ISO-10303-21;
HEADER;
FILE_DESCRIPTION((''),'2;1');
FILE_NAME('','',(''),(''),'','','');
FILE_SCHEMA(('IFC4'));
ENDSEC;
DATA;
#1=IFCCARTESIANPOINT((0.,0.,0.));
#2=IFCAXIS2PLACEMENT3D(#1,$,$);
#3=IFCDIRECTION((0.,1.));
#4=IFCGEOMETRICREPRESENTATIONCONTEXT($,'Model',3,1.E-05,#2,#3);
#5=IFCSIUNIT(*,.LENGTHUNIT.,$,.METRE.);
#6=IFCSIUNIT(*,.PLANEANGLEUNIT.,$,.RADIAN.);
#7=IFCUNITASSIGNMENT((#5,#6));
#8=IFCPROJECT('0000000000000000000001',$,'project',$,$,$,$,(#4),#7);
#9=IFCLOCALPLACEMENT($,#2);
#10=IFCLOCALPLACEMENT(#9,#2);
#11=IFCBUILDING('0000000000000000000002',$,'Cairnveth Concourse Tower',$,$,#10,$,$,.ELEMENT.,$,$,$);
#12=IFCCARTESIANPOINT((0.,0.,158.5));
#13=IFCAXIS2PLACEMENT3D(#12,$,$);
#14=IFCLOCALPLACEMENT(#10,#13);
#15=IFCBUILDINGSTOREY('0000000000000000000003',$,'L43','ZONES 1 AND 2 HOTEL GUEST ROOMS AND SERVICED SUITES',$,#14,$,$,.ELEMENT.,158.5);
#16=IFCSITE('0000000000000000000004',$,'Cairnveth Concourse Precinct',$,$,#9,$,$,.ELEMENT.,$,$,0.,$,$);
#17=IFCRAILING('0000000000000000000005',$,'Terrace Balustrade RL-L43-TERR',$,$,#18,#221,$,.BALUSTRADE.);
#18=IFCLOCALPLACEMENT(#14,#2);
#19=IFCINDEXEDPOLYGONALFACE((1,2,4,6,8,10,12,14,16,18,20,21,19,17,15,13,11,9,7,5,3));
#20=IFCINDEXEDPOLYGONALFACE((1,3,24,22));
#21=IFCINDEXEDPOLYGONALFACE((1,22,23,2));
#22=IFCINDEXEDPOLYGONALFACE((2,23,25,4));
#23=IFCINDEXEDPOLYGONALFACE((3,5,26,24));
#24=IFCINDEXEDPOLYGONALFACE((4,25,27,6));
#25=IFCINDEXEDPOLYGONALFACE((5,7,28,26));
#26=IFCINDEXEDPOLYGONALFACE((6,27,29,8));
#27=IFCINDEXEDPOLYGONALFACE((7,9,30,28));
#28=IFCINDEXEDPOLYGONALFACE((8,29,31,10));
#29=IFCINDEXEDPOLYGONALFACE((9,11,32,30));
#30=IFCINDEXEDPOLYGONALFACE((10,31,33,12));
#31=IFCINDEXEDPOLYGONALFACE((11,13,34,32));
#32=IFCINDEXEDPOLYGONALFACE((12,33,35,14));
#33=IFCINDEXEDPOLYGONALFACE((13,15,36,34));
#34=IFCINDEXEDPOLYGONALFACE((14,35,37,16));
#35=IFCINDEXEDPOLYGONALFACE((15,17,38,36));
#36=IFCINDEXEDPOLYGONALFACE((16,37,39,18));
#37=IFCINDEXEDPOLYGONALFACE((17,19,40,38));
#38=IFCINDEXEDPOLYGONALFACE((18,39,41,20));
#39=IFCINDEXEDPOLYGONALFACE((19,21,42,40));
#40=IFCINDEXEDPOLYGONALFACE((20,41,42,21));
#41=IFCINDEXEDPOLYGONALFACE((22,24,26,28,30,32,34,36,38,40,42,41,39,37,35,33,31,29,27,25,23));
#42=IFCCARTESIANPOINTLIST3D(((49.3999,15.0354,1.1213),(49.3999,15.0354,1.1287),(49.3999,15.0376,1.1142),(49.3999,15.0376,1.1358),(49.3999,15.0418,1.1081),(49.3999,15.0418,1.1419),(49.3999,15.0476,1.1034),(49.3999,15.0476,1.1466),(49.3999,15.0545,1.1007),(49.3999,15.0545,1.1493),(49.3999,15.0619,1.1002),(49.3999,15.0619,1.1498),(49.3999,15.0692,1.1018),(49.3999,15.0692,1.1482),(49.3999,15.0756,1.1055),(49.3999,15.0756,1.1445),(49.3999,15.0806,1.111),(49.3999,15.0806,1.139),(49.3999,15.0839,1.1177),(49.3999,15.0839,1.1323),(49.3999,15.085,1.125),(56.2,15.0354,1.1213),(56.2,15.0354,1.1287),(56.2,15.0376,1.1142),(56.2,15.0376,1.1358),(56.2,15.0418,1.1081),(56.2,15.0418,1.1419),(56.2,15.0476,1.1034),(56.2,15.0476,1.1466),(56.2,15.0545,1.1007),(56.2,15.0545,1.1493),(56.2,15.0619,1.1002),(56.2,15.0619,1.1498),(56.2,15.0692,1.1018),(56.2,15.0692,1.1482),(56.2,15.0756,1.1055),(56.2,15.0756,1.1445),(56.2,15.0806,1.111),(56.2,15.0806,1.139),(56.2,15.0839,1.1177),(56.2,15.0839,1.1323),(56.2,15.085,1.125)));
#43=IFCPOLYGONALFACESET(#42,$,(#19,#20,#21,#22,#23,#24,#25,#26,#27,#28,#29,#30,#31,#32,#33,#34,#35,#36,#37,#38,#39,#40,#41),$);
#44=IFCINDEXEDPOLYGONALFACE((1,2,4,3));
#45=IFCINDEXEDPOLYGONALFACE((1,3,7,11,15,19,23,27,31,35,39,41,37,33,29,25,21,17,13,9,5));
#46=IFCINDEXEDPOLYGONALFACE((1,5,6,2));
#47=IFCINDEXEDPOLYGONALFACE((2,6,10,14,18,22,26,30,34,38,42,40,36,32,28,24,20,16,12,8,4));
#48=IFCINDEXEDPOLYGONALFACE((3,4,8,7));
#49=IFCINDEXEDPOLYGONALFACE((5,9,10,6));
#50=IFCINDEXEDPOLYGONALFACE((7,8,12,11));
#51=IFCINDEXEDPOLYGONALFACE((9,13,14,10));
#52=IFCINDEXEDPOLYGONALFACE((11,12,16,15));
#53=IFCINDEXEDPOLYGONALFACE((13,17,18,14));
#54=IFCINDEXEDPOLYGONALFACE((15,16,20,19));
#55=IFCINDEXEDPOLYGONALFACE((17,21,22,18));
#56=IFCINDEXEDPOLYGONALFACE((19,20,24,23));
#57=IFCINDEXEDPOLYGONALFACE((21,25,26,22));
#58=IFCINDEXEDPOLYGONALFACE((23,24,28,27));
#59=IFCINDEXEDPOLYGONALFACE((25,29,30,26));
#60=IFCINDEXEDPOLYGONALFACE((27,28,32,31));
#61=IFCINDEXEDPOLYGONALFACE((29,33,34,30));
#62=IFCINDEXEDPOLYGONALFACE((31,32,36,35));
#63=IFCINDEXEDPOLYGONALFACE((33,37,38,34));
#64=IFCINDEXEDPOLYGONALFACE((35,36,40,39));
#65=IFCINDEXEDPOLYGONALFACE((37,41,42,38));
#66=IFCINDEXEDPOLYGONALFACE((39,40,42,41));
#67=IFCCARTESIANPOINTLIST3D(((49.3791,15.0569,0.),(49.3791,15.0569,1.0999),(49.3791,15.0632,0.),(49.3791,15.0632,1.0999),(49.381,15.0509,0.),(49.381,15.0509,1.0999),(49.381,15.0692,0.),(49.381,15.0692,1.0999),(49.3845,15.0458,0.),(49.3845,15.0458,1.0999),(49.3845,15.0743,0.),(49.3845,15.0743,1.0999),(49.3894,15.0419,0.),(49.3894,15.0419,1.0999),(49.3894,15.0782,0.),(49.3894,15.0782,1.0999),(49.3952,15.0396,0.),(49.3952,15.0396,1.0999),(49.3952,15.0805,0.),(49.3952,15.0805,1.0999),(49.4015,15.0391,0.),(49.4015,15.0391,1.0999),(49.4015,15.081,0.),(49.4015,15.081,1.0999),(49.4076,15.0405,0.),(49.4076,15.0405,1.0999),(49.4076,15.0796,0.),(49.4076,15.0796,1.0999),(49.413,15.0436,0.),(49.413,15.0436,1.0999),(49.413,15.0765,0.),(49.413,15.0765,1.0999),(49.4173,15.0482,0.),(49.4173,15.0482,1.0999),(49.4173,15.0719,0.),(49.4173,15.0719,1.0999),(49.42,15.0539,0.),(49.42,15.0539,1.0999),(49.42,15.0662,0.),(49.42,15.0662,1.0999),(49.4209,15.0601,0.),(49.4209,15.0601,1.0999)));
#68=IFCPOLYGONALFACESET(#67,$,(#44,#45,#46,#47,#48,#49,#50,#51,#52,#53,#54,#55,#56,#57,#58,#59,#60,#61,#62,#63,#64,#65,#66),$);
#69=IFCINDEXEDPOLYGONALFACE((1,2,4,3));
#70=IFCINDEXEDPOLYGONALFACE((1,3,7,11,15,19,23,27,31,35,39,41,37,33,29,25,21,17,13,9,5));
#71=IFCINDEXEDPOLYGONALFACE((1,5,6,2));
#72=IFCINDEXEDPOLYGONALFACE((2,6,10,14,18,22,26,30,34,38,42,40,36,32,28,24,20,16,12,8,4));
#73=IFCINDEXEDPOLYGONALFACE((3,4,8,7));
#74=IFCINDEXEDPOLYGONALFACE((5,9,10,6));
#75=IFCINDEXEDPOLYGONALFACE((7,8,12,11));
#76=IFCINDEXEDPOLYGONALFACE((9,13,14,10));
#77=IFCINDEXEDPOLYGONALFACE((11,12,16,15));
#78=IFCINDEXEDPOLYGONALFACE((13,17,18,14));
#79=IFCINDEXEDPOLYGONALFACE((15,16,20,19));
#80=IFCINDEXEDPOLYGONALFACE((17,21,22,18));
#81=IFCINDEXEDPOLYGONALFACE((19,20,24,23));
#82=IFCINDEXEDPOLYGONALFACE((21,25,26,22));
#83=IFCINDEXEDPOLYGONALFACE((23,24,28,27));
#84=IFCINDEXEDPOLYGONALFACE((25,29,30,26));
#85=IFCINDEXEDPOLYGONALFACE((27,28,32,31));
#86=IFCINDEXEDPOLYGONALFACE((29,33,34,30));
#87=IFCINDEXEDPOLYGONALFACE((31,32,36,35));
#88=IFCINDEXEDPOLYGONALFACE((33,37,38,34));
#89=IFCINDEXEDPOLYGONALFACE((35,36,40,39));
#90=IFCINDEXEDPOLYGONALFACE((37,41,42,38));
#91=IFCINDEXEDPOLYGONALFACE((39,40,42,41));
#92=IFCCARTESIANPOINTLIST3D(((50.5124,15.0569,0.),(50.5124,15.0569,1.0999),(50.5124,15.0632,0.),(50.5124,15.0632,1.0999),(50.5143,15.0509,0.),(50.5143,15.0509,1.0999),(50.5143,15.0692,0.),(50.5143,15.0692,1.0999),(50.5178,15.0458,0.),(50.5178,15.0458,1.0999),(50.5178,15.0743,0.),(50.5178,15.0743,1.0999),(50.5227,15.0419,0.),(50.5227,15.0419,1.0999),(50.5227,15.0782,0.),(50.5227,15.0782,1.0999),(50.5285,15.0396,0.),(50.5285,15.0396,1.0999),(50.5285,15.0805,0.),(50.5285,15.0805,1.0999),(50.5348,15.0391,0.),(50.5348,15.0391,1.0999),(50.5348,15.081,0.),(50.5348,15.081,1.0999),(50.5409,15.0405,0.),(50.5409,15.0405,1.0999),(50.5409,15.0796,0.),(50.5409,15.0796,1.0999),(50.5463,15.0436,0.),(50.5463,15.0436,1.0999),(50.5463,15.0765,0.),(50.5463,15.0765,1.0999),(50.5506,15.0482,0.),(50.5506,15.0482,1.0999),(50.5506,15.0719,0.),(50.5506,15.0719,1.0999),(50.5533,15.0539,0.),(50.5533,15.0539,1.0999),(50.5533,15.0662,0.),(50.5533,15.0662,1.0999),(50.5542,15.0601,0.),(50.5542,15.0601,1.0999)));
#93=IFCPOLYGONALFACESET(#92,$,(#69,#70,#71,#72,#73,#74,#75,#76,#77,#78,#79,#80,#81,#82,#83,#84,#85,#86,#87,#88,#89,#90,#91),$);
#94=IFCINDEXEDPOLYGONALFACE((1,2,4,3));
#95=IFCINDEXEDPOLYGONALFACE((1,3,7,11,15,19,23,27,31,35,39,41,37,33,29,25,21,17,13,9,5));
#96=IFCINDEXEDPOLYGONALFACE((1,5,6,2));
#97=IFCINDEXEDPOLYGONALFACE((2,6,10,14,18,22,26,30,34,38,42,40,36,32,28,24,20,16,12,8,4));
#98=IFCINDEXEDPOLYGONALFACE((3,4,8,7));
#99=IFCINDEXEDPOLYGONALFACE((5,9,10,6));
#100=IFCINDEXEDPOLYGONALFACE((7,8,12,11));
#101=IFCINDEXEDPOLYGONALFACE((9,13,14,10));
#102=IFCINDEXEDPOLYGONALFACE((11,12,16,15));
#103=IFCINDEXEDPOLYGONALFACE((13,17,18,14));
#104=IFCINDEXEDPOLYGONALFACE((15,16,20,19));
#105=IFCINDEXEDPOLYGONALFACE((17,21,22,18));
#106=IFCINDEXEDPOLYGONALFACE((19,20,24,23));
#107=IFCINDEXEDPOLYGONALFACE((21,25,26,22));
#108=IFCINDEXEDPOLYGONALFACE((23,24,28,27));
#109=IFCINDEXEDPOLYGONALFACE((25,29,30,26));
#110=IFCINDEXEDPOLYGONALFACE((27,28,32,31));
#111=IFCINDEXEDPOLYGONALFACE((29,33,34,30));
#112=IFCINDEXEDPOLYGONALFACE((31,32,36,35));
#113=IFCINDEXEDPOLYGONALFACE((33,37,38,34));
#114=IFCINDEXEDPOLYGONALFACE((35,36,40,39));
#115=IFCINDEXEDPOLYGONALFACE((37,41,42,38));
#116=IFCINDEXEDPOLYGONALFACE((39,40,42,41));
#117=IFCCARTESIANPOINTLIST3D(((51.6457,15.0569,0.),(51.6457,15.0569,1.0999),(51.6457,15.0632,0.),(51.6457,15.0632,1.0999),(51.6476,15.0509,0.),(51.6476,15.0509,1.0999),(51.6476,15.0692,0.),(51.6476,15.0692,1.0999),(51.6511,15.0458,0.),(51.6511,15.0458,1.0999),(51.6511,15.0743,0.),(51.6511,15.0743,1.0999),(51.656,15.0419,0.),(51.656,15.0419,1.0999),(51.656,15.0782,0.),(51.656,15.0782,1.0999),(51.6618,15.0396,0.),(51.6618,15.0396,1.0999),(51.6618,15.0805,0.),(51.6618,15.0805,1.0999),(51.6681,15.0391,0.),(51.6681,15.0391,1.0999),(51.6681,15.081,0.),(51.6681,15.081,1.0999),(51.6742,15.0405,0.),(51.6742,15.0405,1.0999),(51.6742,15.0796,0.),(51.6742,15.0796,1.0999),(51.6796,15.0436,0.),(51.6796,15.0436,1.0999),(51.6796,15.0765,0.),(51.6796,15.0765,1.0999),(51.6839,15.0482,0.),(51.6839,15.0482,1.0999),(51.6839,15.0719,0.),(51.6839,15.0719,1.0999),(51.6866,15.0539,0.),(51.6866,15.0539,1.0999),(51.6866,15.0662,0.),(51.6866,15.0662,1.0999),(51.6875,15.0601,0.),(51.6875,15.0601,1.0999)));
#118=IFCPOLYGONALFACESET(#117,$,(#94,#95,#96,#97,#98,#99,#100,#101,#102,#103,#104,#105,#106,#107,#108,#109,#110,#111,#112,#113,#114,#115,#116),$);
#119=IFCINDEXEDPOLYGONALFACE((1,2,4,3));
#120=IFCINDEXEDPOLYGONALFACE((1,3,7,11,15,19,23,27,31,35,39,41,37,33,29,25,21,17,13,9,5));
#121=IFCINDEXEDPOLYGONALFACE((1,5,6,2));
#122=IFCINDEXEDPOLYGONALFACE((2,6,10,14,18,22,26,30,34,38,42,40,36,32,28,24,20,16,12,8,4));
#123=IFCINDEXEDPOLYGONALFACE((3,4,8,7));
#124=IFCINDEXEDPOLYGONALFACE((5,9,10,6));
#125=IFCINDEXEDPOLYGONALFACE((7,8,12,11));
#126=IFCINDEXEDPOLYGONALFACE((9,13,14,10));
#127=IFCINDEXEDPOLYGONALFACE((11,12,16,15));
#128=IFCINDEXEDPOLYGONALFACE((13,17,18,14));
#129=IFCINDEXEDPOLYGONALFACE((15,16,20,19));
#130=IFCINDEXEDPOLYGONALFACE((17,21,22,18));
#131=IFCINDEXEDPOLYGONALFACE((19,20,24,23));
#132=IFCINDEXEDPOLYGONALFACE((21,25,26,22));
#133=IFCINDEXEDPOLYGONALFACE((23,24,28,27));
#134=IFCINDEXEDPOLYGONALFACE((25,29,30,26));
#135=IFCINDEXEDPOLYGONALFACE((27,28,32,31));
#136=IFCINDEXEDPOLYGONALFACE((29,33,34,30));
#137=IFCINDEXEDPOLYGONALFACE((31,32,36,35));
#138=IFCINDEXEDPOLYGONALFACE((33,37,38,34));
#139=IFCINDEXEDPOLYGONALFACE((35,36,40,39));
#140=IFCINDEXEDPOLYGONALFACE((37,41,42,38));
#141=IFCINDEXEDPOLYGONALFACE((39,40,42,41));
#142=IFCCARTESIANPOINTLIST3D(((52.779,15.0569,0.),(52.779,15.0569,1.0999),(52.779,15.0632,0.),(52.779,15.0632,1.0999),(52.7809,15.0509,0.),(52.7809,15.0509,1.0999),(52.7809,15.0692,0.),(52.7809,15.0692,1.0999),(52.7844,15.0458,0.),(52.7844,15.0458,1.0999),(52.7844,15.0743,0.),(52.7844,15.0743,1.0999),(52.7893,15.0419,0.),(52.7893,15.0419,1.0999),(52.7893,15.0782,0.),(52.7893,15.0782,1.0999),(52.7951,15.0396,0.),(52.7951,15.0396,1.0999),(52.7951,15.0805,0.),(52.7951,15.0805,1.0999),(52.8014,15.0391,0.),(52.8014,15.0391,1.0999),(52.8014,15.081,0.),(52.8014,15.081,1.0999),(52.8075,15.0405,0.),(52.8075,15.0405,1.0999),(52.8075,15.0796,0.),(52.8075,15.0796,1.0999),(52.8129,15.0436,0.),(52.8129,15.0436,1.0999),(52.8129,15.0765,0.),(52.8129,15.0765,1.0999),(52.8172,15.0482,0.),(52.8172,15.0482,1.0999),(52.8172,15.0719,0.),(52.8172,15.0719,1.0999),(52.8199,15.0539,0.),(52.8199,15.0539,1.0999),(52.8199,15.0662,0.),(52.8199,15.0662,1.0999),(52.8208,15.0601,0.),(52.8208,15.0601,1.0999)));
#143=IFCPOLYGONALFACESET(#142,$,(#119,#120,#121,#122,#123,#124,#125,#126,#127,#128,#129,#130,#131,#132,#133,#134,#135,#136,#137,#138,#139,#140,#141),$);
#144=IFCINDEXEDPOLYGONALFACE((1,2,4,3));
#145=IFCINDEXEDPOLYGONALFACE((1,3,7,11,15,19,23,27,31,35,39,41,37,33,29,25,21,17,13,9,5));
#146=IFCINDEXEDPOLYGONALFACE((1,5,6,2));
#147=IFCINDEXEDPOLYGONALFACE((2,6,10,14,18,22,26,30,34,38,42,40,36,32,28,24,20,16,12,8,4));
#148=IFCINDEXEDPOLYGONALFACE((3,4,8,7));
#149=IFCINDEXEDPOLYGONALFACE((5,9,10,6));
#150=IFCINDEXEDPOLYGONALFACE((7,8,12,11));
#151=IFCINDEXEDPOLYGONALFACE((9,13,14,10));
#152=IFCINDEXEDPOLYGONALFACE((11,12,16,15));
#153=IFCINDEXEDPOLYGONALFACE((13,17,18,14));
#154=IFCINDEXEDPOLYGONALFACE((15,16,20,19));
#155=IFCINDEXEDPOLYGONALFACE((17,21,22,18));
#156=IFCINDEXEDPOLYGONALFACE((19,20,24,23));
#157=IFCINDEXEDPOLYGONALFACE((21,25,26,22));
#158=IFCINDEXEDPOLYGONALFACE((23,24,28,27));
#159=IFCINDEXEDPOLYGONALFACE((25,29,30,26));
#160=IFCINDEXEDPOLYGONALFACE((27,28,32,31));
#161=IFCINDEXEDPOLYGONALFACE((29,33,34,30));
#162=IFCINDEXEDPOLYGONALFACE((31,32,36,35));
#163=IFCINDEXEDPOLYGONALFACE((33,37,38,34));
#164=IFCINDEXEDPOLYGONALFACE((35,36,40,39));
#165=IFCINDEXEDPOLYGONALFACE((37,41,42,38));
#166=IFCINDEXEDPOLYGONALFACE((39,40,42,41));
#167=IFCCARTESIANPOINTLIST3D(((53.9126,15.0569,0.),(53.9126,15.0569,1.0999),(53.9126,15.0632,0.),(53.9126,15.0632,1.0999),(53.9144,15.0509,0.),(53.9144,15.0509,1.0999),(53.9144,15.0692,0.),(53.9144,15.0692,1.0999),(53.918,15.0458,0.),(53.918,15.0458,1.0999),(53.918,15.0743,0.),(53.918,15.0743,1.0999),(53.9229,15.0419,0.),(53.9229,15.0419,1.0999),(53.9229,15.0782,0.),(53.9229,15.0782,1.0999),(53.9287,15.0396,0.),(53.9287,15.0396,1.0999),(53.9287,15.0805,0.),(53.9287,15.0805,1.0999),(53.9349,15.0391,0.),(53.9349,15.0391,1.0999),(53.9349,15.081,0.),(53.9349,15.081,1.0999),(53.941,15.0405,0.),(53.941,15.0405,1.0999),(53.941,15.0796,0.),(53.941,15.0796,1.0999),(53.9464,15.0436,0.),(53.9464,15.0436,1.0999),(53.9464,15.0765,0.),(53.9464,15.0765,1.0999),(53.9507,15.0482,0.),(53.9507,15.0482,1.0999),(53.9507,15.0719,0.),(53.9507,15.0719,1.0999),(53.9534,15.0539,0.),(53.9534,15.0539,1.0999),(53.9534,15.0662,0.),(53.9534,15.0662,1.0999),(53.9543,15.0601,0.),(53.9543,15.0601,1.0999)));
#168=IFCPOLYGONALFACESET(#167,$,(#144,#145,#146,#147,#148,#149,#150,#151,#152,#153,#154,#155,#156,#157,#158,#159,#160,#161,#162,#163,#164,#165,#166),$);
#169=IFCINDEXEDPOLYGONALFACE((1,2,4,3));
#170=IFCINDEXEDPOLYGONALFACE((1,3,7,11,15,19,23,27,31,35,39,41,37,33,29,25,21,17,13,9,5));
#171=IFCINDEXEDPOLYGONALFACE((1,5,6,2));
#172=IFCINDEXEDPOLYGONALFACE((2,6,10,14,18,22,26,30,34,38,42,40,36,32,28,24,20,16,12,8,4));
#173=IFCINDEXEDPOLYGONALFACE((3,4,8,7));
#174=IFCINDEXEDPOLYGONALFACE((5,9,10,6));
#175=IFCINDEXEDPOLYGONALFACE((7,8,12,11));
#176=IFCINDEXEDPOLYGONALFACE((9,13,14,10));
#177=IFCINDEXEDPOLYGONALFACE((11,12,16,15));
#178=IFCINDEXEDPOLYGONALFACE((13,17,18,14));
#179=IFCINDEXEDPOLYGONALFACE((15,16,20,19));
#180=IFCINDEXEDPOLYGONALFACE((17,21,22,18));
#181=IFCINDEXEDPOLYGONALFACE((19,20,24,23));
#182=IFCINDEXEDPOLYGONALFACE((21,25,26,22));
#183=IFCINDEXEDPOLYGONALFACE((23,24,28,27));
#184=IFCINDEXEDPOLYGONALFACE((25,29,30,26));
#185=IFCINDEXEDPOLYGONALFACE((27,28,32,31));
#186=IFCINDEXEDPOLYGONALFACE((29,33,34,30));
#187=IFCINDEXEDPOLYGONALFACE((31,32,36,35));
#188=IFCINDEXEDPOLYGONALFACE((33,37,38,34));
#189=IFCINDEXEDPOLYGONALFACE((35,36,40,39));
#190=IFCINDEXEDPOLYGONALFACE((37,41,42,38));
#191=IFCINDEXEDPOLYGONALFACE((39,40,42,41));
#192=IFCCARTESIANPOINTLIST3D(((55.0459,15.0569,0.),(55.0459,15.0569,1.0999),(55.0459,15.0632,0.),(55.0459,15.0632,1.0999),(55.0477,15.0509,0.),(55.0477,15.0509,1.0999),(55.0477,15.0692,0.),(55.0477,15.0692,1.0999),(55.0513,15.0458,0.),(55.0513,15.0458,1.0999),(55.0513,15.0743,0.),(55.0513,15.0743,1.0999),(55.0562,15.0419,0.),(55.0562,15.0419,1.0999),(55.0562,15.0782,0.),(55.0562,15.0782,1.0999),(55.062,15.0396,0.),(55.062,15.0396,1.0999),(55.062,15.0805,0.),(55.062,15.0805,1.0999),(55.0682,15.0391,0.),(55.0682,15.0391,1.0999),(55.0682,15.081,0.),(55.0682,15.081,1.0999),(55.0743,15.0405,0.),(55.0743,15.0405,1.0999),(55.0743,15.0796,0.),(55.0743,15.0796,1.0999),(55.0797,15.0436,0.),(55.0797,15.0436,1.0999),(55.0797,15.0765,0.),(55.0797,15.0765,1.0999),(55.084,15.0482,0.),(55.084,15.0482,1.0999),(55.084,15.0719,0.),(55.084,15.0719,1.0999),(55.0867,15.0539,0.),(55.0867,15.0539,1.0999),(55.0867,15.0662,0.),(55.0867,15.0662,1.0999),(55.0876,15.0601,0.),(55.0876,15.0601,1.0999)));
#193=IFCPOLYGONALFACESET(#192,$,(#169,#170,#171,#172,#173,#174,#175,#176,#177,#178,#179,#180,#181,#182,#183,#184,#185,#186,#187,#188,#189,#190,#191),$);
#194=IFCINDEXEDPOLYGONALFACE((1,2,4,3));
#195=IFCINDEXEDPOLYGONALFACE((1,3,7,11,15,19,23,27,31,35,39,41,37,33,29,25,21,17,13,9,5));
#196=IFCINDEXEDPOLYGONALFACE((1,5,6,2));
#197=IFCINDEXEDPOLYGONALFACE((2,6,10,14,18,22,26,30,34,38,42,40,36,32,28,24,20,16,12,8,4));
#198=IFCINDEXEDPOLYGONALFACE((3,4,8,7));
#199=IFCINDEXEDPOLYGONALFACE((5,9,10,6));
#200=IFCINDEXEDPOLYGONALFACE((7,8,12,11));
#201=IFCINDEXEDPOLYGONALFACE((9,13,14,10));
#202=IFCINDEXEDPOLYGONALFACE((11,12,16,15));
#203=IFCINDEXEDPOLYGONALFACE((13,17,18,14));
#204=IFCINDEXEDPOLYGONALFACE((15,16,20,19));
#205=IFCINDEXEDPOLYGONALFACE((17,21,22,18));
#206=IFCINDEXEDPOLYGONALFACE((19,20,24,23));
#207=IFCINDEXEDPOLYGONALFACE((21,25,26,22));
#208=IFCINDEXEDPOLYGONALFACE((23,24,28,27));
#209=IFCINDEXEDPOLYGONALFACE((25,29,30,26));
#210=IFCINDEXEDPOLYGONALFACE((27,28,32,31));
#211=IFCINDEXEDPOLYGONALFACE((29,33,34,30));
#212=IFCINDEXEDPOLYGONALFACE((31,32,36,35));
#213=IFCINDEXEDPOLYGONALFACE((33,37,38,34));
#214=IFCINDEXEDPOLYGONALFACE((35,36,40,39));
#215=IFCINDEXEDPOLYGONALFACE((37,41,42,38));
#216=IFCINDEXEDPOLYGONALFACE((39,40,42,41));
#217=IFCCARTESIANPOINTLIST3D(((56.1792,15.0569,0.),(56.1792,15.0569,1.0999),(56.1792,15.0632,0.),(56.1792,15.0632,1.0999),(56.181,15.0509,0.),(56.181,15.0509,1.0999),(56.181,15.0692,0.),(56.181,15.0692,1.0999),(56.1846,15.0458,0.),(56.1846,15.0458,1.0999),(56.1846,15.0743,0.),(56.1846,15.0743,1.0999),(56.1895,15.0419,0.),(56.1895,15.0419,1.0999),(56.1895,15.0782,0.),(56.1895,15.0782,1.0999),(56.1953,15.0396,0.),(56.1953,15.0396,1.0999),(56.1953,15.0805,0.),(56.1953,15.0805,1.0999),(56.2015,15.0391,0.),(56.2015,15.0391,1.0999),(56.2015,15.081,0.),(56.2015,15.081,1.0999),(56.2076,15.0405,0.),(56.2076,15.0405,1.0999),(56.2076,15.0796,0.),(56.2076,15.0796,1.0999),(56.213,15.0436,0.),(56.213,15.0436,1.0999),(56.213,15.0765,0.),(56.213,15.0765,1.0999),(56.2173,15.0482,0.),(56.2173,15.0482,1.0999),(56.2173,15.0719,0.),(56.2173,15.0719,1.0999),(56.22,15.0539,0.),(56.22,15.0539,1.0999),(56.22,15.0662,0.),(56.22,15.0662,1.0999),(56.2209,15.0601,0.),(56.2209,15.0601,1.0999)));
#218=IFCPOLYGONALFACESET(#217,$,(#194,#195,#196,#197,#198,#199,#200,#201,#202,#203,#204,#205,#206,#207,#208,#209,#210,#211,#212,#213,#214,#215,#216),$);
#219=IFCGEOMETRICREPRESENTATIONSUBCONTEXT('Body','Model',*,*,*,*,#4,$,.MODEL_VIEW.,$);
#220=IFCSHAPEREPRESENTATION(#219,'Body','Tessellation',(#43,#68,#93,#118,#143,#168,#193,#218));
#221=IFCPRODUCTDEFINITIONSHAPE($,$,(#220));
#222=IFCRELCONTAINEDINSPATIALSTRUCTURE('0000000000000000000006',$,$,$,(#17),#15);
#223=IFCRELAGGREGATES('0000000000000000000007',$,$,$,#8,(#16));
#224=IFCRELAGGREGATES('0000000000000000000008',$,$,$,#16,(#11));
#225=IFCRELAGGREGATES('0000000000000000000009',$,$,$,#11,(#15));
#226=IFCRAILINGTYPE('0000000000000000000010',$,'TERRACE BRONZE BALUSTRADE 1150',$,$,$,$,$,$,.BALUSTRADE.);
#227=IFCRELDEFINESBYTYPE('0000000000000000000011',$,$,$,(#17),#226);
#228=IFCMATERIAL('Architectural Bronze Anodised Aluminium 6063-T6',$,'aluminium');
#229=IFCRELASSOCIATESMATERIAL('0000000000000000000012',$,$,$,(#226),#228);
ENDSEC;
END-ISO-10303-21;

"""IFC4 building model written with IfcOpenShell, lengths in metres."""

from ifc_helpers import new_model, si_unit, direction, frame, origin, origin_2d, place, context, subcontext, project, spatial, circle, extrude, material, type_object, element, save


model = new_model("IFC4")

# Units and contexts
model_context = context("Model", 3, precision=1e-05, world=origin(), true_north=direction((0.0, 1.0)))
body_context = subcontext(model_context, "Body", "Model", "MODEL_VIEW")
ifc_project = project(units=[si_unit("LENGTHUNIT", "METRE"), si_unit("PLANEANGLEUNIT", "RADIAN")], contexts=[model_context])

# Site, building, storey
site_placement = place(None, origin())
site = spatial("IfcSite", under=ifc_project, at=site_placement, Name="Cairnveth Concourse Precinct", CompositionType="ELEMENT", RefElevation=0.0)
building_placement = place(site_placement, origin())
building = spatial("IfcBuilding", under=site, at=building_placement, Name="Cairnveth Concourse Tower", CompositionType="ELEMENT")
storey_placement = place(building_placement, frame((0.0, 0.0, 158.5)))
storey = spatial("IfcBuildingStorey", under=building, at=storey_placement, Name="L43", Description="ZONES 1 AND 2 HOTEL GUEST ROOMS AND SERVICED SUITES", CompositionType="ELEMENT", Elevation=158.5)

# Railing
ifc_material_1 = material(Name="Architectural Bronze Anodised Aluminium 6063-T6", Category="aluminium")
railing_type = type_object("IfcRailingType", Name="TERRACE BRONZE BALUSTRADE 1150", PredefinedType="BALUSTRADE", material=ifc_material_1)
railing_placement = place(storey_placement, frame((49.3999, 15.0601, 0.0)))
element("IfcRailing", 1, at=railing_placement, inside=storey, type_object=railing_type, Name="Terrace Balustrade RL-L43-TERR", PredefinedType="BALUSTRADE", context=body_context, shape_type="SweptSolid", body=[
    extrude(circle(Radius=0.0249, at=origin_2d()), frame((0.0, 0.0, 1.125), z_axis=(1.0, 0.0, 0.0), x_axis=(0.0, 1.0, 0.0)), (0.0, 0.0, 1.0), 6.8),
    extrude(circle(Radius=0.021, at=origin_2d()), origin(), (0.0, 0.0, 1.0), 1.0999),
    extrude(circle(Radius=0.021, at=origin_2d()), frame((1.1333, 0.0, 0.0)), (0.0, 0.0, 1.0), 1.0999),
    extrude(circle(Radius=0.021, at=origin_2d()), frame((2.2666, 0.0, 0.0)), (0.0, 0.0, 1.0), 1.0999),
    extrude(circle(Radius=0.021, at=origin_2d()), frame((3.3999, 0.0, 0.0)), (0.0, 0.0, 1.0), 1.0999),
    extrude(circle(Radius=0.021, at=origin_2d()), frame((4.5334, 0.0, 0.0)), (0.0, 0.0, 1.0), 1.0999),
    extrude(circle(Radius=0.021, at=origin_2d()), frame((5.6667, 0.0, 0.0)), (0.0, 0.0, 1.0), 1.0999),
    extrude(circle(Radius=0.021, at=origin_2d()), frame((6.8, 0.0, 0.0)), (0.0, 0.0, 1.0), 1.0999),
])

save(model, "model.ifc")
